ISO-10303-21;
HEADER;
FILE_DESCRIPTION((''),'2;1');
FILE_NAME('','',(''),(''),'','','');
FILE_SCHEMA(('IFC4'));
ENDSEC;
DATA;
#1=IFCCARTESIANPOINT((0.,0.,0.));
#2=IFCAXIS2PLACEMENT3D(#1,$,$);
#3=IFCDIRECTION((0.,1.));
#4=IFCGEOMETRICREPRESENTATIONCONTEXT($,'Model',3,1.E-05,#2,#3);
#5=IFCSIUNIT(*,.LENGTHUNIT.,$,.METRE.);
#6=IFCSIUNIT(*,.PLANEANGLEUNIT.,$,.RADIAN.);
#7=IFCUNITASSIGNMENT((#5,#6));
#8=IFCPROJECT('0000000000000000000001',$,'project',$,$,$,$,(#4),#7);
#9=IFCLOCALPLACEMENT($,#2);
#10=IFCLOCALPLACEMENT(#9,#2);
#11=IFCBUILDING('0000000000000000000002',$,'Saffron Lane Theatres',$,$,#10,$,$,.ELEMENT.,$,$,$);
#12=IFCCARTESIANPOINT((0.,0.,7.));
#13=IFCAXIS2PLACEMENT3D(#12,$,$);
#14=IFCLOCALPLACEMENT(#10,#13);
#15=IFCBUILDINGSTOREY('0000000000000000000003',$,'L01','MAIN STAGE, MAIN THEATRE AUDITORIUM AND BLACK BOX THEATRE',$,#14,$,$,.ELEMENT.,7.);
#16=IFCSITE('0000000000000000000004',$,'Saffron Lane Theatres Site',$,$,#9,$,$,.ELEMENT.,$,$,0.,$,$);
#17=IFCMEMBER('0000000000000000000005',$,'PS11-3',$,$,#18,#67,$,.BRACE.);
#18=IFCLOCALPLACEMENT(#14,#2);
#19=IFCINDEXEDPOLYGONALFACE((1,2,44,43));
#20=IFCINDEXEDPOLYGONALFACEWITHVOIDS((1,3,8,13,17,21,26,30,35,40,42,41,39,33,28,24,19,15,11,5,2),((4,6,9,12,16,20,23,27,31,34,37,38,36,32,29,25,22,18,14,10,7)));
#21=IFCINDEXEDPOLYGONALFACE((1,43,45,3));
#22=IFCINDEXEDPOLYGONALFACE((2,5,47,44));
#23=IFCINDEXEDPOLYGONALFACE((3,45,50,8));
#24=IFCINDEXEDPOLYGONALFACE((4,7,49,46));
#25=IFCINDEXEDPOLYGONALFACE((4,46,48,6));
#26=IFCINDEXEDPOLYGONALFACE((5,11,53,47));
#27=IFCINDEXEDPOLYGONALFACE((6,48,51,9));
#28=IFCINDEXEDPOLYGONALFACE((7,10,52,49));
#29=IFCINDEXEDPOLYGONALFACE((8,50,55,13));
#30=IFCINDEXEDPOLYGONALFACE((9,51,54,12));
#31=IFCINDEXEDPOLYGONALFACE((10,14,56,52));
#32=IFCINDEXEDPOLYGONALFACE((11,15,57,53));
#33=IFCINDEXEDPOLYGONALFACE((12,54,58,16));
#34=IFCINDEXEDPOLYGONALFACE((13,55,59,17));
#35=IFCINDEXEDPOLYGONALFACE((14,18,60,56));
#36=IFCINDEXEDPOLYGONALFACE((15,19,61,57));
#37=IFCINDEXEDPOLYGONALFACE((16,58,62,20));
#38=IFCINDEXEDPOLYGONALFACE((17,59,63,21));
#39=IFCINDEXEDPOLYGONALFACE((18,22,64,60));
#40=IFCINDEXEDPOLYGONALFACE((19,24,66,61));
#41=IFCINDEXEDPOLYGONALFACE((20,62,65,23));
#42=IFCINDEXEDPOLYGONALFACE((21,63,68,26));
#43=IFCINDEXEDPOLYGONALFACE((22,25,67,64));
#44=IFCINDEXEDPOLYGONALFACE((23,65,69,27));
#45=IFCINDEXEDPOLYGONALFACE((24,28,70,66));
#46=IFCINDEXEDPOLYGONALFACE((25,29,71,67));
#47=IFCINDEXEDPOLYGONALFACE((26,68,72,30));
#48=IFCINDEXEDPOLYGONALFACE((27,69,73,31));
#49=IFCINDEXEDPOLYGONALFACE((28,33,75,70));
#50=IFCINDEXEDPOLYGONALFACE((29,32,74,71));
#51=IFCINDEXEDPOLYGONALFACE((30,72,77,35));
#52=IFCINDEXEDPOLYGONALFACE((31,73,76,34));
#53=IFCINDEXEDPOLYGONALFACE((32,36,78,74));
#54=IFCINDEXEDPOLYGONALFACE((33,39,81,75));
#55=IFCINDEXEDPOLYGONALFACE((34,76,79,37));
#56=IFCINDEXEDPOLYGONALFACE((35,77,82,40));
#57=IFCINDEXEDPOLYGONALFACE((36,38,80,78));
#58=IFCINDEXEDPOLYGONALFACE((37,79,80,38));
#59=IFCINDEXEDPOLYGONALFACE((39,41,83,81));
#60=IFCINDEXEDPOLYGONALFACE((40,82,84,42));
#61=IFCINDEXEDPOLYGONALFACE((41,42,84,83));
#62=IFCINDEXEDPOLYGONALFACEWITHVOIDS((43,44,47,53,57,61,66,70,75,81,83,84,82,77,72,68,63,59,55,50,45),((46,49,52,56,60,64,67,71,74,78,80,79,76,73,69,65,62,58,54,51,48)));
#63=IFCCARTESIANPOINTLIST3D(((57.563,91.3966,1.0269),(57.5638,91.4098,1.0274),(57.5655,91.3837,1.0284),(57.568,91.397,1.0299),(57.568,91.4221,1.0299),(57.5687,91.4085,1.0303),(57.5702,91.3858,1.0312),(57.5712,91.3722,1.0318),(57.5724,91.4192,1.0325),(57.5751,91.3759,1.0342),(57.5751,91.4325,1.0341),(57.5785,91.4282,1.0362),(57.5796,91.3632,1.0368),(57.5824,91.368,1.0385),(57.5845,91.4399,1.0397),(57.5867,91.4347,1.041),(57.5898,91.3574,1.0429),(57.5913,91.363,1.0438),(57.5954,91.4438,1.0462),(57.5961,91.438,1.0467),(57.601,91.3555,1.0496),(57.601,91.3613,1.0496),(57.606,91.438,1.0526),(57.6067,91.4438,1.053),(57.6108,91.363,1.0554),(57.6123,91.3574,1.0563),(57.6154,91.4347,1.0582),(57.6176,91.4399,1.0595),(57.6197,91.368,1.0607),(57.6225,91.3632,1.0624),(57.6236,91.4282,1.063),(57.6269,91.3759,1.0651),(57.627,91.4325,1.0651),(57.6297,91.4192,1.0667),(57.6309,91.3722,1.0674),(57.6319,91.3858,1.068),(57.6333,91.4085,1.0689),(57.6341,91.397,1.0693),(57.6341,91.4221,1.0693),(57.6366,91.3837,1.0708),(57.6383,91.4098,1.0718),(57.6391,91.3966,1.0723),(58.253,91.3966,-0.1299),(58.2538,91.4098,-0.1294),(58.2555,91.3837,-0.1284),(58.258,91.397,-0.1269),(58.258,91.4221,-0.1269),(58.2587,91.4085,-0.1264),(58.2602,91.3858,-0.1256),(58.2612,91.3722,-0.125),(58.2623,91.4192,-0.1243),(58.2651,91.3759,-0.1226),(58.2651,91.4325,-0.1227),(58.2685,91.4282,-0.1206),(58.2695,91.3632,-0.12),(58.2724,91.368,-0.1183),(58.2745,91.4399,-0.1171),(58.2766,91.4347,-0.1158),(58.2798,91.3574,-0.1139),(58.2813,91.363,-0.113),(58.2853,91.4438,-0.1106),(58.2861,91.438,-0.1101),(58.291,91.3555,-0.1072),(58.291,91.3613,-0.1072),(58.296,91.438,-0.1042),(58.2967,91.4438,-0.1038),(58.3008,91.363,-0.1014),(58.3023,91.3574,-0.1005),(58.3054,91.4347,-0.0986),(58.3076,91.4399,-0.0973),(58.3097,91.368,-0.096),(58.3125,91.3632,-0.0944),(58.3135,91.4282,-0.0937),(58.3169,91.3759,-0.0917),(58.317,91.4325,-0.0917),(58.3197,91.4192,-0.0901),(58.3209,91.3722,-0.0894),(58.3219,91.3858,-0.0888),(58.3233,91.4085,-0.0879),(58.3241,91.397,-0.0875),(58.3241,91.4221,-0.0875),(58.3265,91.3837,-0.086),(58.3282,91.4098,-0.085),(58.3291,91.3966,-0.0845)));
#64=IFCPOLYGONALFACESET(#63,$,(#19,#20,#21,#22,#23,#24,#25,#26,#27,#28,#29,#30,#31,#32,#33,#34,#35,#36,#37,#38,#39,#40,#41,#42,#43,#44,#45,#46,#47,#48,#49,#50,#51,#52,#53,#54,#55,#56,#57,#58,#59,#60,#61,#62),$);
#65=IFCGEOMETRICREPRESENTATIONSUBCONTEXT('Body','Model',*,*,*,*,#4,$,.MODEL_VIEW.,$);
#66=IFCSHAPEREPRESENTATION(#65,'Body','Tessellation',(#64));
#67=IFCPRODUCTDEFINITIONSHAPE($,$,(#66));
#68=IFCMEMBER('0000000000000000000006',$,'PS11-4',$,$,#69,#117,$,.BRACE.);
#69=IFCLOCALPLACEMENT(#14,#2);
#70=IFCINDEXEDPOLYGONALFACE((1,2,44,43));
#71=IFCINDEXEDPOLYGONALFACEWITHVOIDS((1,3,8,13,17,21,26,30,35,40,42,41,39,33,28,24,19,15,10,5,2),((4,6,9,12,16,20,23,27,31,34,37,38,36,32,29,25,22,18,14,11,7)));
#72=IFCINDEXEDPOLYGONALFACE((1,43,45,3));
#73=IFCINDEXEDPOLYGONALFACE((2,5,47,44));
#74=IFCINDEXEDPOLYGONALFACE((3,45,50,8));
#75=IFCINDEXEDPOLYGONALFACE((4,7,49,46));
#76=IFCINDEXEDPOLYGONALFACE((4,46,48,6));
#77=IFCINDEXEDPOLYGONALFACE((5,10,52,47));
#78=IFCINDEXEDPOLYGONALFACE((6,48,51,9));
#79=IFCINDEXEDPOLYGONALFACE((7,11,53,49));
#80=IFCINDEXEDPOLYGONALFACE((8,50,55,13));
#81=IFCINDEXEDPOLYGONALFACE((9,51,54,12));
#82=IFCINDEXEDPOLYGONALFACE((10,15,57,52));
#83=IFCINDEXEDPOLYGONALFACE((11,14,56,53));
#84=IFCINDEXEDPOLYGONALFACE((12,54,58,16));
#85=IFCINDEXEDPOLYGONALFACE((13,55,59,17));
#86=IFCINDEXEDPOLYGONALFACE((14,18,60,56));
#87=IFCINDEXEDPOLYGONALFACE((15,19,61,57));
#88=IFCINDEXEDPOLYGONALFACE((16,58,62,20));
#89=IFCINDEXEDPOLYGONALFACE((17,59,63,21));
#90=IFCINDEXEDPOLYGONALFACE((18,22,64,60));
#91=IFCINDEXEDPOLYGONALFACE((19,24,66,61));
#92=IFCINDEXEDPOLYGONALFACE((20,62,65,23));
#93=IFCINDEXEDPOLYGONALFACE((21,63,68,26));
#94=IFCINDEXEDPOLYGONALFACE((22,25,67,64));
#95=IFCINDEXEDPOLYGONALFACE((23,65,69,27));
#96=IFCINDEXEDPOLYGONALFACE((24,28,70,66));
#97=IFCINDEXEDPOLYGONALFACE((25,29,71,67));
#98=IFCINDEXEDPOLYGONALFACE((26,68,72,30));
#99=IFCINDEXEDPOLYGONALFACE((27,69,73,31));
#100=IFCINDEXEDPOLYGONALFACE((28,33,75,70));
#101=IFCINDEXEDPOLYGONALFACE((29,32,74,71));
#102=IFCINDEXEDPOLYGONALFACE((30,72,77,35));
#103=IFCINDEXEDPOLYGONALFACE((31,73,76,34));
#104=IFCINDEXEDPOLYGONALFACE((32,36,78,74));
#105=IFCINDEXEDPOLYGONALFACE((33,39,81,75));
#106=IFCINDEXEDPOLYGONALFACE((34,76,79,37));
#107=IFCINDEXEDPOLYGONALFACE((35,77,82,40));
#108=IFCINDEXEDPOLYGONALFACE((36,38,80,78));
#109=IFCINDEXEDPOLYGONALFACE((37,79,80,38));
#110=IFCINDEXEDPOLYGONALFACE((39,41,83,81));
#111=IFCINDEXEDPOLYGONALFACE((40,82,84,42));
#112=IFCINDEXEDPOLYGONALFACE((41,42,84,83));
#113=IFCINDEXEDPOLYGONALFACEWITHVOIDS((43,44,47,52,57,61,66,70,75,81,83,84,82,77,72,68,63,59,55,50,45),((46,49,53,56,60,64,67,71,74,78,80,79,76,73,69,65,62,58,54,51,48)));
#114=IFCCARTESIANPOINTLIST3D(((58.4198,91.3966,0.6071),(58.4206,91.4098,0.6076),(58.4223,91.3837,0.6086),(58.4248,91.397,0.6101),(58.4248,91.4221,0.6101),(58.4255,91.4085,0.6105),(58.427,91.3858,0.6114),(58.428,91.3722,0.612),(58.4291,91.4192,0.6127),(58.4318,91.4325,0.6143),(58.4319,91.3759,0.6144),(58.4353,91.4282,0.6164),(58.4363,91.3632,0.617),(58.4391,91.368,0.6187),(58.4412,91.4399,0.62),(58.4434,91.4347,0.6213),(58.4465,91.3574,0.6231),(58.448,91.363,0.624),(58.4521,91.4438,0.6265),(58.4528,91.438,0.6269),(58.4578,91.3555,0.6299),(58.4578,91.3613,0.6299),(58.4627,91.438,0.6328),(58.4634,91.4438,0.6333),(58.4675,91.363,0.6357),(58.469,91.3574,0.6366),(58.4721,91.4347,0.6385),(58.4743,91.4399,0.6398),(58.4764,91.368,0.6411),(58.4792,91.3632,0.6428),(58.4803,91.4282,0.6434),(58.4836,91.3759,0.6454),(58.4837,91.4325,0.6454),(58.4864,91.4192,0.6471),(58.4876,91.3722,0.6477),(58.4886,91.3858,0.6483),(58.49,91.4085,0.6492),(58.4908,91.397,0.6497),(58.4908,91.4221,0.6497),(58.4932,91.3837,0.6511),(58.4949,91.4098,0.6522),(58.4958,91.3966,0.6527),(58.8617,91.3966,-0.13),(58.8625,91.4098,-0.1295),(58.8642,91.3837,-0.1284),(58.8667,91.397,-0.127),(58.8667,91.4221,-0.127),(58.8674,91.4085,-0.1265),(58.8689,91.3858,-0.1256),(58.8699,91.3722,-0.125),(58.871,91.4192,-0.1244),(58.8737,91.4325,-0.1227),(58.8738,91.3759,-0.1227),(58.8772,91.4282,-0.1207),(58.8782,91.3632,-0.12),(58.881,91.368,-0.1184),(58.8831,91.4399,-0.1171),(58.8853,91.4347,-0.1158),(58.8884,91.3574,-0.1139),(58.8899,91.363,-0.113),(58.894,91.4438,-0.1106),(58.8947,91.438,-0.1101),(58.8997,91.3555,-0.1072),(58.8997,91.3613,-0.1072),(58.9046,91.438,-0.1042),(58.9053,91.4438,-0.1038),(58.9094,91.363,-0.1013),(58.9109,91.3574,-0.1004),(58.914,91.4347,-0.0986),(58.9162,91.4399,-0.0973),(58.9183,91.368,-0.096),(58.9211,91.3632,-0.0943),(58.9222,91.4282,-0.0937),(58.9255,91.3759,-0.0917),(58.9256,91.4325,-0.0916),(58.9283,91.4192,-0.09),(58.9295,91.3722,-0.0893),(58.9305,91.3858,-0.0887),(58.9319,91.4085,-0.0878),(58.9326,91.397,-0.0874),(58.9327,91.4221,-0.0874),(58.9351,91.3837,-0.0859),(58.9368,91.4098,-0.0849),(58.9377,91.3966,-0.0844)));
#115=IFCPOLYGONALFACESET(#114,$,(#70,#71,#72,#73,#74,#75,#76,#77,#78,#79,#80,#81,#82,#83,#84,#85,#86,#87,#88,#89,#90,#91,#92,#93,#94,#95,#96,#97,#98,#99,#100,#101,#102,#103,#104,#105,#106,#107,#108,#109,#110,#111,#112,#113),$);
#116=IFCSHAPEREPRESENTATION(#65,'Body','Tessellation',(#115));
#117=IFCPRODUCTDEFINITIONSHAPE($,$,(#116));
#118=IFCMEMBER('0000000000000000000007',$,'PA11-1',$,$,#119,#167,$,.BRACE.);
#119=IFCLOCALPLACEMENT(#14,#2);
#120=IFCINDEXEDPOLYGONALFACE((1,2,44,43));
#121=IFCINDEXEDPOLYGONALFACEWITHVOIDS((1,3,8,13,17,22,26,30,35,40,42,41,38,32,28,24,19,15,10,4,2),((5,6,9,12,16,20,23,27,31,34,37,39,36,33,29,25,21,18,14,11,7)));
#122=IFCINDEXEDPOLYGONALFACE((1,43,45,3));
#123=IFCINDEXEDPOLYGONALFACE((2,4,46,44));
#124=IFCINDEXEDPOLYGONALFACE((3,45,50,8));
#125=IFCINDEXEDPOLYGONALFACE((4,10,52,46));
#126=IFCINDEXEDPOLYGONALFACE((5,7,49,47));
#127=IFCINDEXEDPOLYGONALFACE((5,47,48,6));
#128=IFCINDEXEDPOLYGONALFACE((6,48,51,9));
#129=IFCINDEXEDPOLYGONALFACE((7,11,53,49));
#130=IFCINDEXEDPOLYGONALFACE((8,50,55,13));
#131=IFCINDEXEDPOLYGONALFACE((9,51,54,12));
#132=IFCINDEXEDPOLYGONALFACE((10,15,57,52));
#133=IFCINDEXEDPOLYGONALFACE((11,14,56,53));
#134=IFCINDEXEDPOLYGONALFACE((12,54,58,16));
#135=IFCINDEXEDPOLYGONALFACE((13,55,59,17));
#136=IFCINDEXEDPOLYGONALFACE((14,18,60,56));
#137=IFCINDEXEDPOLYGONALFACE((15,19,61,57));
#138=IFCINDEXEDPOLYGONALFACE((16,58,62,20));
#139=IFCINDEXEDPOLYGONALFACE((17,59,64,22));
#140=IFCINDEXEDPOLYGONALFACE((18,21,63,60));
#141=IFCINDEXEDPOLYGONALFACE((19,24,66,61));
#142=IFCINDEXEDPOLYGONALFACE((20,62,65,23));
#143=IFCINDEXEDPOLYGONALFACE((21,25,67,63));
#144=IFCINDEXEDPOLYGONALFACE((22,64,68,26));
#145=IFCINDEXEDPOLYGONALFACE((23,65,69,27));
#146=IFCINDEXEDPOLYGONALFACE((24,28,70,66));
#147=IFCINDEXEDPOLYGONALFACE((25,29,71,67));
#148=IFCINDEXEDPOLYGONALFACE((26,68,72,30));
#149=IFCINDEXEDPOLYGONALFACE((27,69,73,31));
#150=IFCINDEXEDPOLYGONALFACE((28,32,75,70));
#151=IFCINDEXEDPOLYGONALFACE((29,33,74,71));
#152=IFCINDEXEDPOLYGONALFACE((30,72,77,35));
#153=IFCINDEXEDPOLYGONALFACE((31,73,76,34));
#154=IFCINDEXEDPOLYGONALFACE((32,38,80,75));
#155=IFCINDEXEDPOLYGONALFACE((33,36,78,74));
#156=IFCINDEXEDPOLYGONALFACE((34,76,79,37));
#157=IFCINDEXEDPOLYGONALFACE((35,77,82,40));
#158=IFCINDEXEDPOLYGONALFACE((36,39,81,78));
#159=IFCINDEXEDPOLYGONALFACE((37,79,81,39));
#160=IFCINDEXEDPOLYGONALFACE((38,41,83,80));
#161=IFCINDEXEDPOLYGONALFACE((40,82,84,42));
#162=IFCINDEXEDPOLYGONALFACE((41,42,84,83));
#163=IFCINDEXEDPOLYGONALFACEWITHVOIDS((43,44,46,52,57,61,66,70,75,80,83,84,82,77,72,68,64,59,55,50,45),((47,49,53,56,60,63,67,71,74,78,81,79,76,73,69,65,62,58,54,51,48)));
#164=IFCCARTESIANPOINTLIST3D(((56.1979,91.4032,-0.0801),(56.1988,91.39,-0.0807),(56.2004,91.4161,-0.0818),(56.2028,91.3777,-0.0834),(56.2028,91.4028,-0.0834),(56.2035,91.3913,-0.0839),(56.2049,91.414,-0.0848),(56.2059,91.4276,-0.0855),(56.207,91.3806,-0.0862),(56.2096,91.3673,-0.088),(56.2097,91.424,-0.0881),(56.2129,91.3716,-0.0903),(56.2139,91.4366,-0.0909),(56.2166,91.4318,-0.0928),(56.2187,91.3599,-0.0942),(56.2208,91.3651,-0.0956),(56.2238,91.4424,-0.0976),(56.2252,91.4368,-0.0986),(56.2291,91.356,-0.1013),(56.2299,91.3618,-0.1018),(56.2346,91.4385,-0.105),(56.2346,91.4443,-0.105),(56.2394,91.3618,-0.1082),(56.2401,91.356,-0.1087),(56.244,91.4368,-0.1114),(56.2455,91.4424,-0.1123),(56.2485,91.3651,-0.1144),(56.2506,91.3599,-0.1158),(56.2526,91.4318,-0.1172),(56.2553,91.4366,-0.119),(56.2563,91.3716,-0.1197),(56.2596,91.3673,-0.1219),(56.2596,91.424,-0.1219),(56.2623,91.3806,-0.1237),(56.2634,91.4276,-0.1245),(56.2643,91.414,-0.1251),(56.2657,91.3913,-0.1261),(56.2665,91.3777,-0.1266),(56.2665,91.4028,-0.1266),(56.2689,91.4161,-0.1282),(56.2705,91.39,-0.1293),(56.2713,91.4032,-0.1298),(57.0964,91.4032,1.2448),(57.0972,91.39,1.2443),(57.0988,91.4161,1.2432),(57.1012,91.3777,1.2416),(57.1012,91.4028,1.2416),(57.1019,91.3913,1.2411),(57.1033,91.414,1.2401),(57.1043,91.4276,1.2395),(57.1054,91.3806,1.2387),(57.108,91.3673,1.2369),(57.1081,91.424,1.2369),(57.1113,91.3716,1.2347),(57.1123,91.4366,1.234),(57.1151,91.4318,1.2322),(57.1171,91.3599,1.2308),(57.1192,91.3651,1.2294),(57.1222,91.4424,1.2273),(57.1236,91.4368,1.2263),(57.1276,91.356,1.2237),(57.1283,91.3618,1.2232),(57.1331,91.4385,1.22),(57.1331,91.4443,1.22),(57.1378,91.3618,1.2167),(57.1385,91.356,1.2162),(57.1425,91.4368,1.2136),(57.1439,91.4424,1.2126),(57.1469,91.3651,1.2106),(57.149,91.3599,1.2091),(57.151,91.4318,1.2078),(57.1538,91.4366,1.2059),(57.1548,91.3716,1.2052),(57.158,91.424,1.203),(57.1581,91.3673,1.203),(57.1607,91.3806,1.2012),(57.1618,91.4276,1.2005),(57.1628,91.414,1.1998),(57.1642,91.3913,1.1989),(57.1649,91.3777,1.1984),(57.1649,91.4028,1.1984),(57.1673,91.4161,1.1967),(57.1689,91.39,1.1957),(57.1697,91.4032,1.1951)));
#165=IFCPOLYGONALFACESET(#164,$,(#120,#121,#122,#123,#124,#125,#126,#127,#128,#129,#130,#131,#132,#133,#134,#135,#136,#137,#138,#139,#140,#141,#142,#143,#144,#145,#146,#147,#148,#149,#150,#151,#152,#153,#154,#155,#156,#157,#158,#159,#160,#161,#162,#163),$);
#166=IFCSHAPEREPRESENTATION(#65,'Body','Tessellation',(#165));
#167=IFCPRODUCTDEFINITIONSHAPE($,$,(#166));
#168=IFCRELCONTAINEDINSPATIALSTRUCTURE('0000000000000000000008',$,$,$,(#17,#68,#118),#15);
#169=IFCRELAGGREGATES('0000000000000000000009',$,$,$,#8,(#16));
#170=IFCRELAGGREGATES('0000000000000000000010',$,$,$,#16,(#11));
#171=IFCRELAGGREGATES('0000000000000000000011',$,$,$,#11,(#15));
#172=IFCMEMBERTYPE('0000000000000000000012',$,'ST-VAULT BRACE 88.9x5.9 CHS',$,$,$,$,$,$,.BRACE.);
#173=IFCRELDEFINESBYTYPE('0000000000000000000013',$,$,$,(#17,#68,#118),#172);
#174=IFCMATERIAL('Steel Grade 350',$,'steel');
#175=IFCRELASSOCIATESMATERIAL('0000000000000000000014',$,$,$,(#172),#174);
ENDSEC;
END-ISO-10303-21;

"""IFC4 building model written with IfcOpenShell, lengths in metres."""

from ifc_helpers import new_model, si_unit, direction, frame, origin, origin_2d, place, context, subcontext, project, spatial, hollow_circle, extrude, material, material_profile, profile_set, type_object, element, save


model = new_model("IFC4")

# Units and contexts
model_context = context("Model", 3, precision=1e-05, world=origin(), true_north=direction((0.0, 1.0)))
body_context = subcontext(model_context, "Body", "Model", "MODEL_VIEW")
ifc_project = project(units=[si_unit("LENGTHUNIT", "METRE"), si_unit("PLANEANGLEUNIT", "RADIAN")], contexts=[model_context])

# Site, building, storey
site_placement = place(None, origin())
site = spatial("IfcSite", under=ifc_project, at=site_placement, Name="Saffron Lane Theatres Site", CompositionType="ELEMENT", RefElevation=0.0)
building_placement = place(site_placement, origin())
building = spatial("IfcBuilding", under=site, at=building_placement, Name="Saffron Lane Theatres", CompositionType="ELEMENT")
storey_placement = place(building_placement, frame((0.0, 0.0, 7.0)))
storey = spatial("IfcBuildingStorey", under=building, at=storey_placement, Name="L01", Description="MAIN STAGE, MAIN THEATRE AUDITORIUM AND BLACK BOX THEATRE", CompositionType="ELEMENT", Elevation=7.0)

# Members
ifc_material_1 = material(Name="Steel Grade 350", Category="steel")
ifc_material_profile_1 = material_profile(ifc_material_1, hollow_circle(Radius=0.0444, WallThickness=0.0059, at=origin_2d()))
ifc_profile_set_1 = profile_set([ifc_material_profile_1], Name="Steel Grade 350")
member_type_1 = type_object("IfcMemberType", Name="ST-VAULT BRACE 88.9x5.9 CHS", PredefinedType="BRACE", material=ifc_profile_set_1)
member_1_placement = place(storey_placement, frame((58.291, 91.3999, -0.1072), z_axis=(-0.512255, 0.0, 0.858833), x_axis=(0.0, -1.0, 0.0)))
element("IfcMember", 1, at=member_1_placement, inside=storey, type_object=member_type_1, Name="PS11-3", PredefinedType="BRACE", context=body_context, shape_type="SweptSolid", body=[
    extrude(hollow_circle(Radius=0.0444, WallThickness=0.0059, at=origin_2d()), origin(), (0.0, 0.0, 1.0), 1.3469),
])
member_2_placement = place(storey_placement, frame((58.8997, 91.3999, -0.1072), z_axis=(-0.514203, 0.0, 0.857668), x_axis=(0.0, -1.0, 0.0)))
element("IfcMember", 2, at=member_2_placement, inside=storey, type_object=member_type_1, Name="PS11-4", PredefinedType="BRACE", context=body_context, shape_type="SweptSolid", body=[
    extrude(hollow_circle(Radius=0.0444, WallThickness=0.0059, at=origin_2d()), origin(), (0.0, 0.0, 1.0), 0.8594),
])
member_3_placement = place(storey_placement, frame((56.2346, 91.3999, -0.105), z_axis=(0.561229, 0.0, 0.82766), x_axis=(0.0, 1.0, 0.0)))
element("IfcMember", 3, at=member_3_placement, inside=storey, type_object=member_type_1, Name="PA11-1", PredefinedType="BRACE", context=body_context, shape_type="SweptSolid", body=[
    extrude(hollow_circle(Radius=0.0444, WallThickness=0.0059, at=origin_2d()), origin(), (0.0, 0.0, 1.0), 1.6008),
])

save(model, "model.ifc")
